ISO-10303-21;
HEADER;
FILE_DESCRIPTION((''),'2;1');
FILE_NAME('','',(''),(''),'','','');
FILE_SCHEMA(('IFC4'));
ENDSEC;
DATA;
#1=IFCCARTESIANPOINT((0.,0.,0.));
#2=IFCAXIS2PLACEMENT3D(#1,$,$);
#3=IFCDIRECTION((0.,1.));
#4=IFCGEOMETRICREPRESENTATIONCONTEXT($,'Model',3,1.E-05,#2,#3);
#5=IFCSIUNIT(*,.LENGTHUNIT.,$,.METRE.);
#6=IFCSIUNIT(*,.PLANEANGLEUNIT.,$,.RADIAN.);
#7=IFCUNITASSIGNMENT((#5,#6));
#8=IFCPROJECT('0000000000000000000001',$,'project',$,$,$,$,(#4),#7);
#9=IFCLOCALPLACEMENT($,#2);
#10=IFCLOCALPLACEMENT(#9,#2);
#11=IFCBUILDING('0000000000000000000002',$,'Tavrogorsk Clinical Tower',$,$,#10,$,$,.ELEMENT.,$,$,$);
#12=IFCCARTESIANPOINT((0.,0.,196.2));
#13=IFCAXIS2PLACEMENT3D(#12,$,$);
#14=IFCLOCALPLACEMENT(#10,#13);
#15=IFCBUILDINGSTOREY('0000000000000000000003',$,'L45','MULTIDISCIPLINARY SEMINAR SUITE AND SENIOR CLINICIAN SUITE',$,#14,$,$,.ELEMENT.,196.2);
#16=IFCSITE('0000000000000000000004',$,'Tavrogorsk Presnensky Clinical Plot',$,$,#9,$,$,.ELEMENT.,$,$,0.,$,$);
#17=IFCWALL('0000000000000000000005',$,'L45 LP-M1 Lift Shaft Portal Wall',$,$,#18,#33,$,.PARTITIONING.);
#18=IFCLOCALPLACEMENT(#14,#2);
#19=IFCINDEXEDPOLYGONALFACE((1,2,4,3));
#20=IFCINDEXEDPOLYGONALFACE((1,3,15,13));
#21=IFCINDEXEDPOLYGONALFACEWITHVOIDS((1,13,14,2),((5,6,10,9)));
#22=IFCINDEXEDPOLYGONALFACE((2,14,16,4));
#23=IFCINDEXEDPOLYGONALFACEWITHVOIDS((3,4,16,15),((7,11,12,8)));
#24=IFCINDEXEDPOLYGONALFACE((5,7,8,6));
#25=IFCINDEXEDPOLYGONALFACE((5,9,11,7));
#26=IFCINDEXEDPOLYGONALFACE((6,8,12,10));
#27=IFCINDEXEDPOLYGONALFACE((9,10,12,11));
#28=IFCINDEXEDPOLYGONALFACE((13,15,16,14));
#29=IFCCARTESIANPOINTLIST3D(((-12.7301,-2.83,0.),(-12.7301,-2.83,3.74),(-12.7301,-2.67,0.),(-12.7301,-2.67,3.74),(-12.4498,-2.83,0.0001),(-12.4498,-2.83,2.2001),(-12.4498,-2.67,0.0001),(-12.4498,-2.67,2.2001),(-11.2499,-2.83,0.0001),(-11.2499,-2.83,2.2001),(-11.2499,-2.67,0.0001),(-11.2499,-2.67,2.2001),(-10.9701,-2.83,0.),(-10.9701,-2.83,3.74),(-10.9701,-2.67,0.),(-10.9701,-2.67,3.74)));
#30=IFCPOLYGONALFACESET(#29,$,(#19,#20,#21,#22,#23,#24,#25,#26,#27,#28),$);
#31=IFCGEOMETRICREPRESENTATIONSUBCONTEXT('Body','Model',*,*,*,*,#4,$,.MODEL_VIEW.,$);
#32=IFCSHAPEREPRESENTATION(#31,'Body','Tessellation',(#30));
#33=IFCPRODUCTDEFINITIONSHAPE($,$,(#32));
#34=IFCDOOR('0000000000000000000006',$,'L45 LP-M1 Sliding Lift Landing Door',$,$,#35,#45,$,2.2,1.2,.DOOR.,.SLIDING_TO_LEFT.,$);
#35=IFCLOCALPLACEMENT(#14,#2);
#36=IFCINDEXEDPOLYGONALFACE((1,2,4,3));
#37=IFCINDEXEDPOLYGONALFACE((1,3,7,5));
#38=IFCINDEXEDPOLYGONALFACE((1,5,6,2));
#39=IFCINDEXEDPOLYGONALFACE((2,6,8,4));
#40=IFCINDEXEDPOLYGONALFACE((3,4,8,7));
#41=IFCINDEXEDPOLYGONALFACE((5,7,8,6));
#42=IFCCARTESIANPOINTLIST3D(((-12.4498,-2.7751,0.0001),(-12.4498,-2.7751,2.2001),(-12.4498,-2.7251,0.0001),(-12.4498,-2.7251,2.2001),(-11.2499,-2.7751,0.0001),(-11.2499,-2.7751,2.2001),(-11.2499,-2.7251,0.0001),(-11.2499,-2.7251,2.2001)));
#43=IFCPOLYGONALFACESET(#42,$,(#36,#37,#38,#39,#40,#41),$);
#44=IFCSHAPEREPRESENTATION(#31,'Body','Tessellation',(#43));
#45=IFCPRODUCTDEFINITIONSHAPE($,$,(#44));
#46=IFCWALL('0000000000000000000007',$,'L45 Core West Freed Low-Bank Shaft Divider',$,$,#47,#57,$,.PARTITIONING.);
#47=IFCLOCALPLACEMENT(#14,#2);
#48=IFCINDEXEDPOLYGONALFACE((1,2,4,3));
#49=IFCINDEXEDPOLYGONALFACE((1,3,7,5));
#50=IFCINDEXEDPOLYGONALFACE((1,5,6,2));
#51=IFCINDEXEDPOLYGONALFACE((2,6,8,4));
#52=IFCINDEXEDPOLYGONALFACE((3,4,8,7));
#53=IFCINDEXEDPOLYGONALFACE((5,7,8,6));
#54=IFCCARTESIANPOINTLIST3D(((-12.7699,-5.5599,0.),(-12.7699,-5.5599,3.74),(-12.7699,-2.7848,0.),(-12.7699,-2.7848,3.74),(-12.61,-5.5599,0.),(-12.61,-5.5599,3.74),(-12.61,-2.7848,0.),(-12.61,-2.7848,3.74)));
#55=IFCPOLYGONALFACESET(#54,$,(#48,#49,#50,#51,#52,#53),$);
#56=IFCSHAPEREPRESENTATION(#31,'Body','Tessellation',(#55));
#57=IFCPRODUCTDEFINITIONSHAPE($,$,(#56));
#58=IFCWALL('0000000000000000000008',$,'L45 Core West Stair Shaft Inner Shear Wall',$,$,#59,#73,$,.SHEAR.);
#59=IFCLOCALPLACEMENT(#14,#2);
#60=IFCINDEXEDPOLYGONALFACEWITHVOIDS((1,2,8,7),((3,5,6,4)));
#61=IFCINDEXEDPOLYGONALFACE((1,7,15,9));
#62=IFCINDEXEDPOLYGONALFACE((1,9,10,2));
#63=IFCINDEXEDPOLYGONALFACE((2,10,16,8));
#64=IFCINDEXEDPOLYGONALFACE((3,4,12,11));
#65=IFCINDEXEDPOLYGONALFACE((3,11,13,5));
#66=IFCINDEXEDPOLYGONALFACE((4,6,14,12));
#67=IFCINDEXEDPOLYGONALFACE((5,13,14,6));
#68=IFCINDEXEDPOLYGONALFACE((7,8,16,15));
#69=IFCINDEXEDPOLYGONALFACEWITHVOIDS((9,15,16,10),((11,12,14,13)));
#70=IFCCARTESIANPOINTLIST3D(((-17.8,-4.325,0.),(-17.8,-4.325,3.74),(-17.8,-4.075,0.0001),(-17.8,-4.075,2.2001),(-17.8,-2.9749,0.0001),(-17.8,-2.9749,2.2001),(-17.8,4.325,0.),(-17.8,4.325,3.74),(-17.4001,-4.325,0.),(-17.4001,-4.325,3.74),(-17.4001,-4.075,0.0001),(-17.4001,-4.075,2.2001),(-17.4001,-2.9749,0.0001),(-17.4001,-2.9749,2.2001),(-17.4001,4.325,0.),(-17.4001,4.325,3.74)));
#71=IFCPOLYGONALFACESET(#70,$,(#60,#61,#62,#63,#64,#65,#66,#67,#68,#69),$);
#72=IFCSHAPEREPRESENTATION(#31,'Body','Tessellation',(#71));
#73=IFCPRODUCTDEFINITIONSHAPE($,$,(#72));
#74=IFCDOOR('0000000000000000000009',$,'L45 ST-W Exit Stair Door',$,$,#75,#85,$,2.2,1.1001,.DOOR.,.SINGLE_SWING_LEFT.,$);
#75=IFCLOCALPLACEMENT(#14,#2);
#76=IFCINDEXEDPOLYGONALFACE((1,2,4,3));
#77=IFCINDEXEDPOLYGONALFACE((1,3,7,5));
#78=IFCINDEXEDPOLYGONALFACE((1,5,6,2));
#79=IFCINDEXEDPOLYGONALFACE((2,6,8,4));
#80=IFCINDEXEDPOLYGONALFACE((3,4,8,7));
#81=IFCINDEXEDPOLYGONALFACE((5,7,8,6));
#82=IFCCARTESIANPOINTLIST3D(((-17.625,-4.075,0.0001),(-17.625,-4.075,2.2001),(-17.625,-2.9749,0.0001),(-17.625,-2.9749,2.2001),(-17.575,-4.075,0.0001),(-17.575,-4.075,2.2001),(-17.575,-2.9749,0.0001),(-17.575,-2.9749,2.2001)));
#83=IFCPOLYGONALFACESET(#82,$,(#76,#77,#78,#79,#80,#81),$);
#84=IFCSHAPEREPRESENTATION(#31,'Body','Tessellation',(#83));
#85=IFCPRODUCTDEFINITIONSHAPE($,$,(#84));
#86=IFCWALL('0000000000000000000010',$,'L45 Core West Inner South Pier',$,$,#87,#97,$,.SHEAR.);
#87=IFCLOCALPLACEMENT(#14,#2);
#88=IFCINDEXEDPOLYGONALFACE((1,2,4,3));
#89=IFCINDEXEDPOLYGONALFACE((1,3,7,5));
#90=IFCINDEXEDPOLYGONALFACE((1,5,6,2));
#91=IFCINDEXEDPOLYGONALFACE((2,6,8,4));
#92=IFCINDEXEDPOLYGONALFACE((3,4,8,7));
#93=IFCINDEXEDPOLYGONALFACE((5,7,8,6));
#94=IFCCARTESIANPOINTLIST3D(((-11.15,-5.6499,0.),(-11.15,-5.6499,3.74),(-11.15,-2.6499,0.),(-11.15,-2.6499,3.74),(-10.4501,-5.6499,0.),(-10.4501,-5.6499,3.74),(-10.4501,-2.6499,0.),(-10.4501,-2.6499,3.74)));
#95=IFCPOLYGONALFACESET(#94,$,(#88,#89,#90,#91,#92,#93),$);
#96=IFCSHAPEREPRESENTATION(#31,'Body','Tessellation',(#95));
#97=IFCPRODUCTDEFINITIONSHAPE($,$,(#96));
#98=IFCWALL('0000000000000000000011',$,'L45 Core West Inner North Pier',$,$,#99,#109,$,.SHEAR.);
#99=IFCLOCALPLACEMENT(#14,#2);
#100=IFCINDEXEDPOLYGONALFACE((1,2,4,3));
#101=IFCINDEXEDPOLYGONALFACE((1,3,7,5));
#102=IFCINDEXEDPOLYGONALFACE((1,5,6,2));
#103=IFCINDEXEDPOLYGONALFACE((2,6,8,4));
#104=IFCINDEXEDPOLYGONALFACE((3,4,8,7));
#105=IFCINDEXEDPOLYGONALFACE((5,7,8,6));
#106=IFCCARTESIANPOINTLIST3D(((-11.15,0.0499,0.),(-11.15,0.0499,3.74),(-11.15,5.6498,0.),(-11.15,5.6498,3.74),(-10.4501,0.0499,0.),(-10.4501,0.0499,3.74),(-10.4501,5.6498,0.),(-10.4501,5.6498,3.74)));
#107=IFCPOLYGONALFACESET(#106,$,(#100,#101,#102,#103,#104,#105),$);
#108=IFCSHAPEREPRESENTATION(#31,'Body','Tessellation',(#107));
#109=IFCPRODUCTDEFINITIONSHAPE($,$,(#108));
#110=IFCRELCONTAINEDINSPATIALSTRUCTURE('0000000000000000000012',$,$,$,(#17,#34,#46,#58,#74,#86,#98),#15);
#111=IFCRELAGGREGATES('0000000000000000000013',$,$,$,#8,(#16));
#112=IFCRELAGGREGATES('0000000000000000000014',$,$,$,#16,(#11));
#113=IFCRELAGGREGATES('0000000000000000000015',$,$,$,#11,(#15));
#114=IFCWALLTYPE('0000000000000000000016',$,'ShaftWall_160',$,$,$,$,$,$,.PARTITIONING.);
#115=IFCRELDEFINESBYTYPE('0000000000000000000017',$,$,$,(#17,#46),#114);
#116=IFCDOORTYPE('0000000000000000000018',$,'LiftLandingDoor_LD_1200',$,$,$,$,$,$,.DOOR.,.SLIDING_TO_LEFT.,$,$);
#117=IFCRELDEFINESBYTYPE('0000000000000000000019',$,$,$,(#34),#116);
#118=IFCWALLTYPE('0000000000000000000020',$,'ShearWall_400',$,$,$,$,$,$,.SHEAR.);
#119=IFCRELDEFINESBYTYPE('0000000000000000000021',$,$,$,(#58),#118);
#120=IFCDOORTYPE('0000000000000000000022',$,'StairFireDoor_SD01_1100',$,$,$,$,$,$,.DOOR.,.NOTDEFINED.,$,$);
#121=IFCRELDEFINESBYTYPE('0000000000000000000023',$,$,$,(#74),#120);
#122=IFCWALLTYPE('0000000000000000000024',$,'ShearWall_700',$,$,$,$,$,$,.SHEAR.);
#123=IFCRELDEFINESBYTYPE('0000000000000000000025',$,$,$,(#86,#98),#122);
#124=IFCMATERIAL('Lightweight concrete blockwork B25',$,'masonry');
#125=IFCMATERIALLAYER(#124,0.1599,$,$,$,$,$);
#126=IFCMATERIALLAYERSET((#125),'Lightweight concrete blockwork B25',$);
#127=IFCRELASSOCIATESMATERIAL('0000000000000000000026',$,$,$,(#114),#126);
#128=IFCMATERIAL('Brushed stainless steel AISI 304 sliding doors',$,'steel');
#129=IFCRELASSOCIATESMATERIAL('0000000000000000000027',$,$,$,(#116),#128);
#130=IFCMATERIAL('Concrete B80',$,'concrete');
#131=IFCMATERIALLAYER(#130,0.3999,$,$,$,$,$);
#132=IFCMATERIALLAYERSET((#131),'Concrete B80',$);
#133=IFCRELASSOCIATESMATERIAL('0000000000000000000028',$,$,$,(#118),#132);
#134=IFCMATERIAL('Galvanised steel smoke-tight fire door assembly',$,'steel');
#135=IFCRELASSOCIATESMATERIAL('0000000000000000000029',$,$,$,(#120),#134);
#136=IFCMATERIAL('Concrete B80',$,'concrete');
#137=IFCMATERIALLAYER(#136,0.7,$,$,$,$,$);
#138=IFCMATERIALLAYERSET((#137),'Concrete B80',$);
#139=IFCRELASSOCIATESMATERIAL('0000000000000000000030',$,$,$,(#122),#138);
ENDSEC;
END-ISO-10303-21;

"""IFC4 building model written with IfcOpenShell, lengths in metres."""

from ifc_helpers import new_model, si_unit, direction, frame, frame_2d, origin, place, context, subcontext, project, spatial, rectangle, extrude, material, layer, layer_set, type_object, element, fill, save


model = new_model("IFC4")

# Units and contexts
model_context = context("Model", 3, precision=1e-05, world=origin(), true_north=direction((0.0, 1.0)))
body_context = subcontext(model_context, "Body", "Model", "MODEL_VIEW")
ifc_project = project(units=[si_unit("LENGTHUNIT", "METRE"), si_unit("PLANEANGLEUNIT", "RADIAN")], contexts=[model_context])

# Site, building, storey
site_placement = place(None, origin())
site = spatial("IfcSite", under=ifc_project, at=site_placement, Name="Tavrogorsk Presnensky Clinical Plot", CompositionType="ELEMENT", RefElevation=0.0)
building_placement = place(site_placement, origin())
building = spatial("IfcBuilding", under=site, at=building_placement, Name="Tavrogorsk Clinical Tower", CompositionType="ELEMENT")
storey_placement = place(building_placement, frame((0.0, 0.0, 196.2)))
storey = spatial("IfcBuildingStorey", under=building, at=storey_placement, Name="L45", Description="MULTIDISCIPLINARY SEMINAR SUITE AND SENIOR CLINICIAN SUITE", CompositionType="ELEMENT", Elevation=196.2)

# Wall, opening, door
ifc_material_1 = material(Name="Lightweight concrete blockwork B25", Category="masonry")
ifc_layer_1 = layer(ifc_material_1, 0.1599)
ifc_layer_set_1 = layer_set([ifc_layer_1], Name="Lightweight concrete blockwork B25")
wall_type_1 = type_object("IfcWallType", Name="ShaftWall_160", PredefinedType="PARTITIONING", material=ifc_layer_set_1)
wall_1_placement = place(storey_placement, frame((-12.73, -2.75, 0.0), z_axis=(0.0, 0.0, 1.0), x_axis=(1.0, 0.0, 0.0)))
wall_1 = element("IfcWall", 1, at=wall_1_placement, inside=storey, type_object=wall_type_1, Name="L45 LP-M1 Lift Shaft Portal Wall", PredefinedType="PARTITIONING", context=body_context, shape_type="SweptSolid", body=[
    extrude(rectangle(XDim=1.76, YDim=0.1599, at=frame_2d((0.8799, 0.0))), origin(), (0.0, 0.0, 1.0), 3.74),
])
opening_1_placement = place(wall_1_placement, frame((0.28, 0.0, 0.0)))
opening_1 = element("IfcOpeningElement", 2, at=opening_1_placement, cuts=wall_1, PredefinedType="OPENING", context=body_context, shape_type="SweptSolid", body=[
    extrude(rectangle(XDim=1.2, YDim=2.2, at=frame_2d((0.6001, 1.1001))), frame((0.0, 0.0898, 0.0), z_axis=(0.0, -1.0, 0.0), x_axis=(1.0, 0.0, 0.0)), (0.0, 0.0, 1.0), 0.1799),
])
ifc_material_2 = material(Name="Brushed stainless steel AISI 304 sliding doors", Category="steel")
door_type_1 = type_object("IfcDoorType", Name="LiftLandingDoor_LD_1200", OperationType="SLIDING_TO_LEFT", PredefinedType="DOOR", material=ifc_material_2)
door_1_placement = place(opening_1_placement, origin())
door_1 = element("IfcDoor", 3, at=door_1_placement, inside=storey, type_object=door_type_1, Name="L45 LP-M1 Sliding Lift Landing Door", OperationType="SLIDING_TO_LEFT", OverallHeight=2.2, OverallWidth=1.2, PredefinedType="DOOR", context=body_context, shape_type="SweptSolid", body=[
    extrude(rectangle(XDim=1.2, YDim=2.2, at=frame_2d((0.6001, 1.1001))), frame((0.0, 0.0249, 0.0), z_axis=(0.0, -1.0, 0.0), x_axis=(1.0, 0.0, 0.0)), (0.0, 0.0, 1.0), 0.05),
])
fill(opening_1, door_1)

# Wall
wall_2_placement = place(storey_placement, frame((-12.6899, -5.5601, 0.0), z_axis=(0.0, 0.0, 1.0), x_axis=(0.0, 1.0, 0.0)))
element("IfcWall", 4, at=wall_2_placement, inside=storey, type_object=wall_type_1, Name="L45 Core West Freed Low-Bank Shaft Divider", PredefinedType="PARTITIONING", context=body_context, shape_type="SweptSolid", body=[
    extrude(rectangle(XDim=2.7751, YDim=0.1599, at=frame_2d((1.3877, 0.0))), origin(), (0.0, 0.0, 1.0), 3.74),
])

# Wall, opening, door
ifc_material_3 = material(Name="Concrete B80", Category="concrete")
ifc_layer_2 = layer(ifc_material_3, 0.3999)
ifc_layer_set_2 = layer_set([ifc_layer_2], Name="Concrete B80")
wall_type_2 = type_object("IfcWallType", Name="ShearWall_400", PredefinedType="SHEAR", material=ifc_layer_set_2)
wall_3_placement = place(storey_placement, frame((-17.6001, -4.325, 0.0), z_axis=(0.0, 0.0, 1.0), x_axis=(0.0, 1.0, 0.0)))
wall_3 = element("IfcWall", 5, at=wall_3_placement, inside=storey, type_object=wall_type_2, Name="L45 Core West Stair Shaft Inner Shear Wall", PredefinedType="SHEAR", context=body_context, shape_type="SweptSolid", body=[
    extrude(rectangle(XDim=8.6499, YDim=0.3999, at=frame_2d((4.325, 0.0))), origin(), (0.0, 0.0, 1.0), 3.74),
])
opening_2_placement = place(wall_3_placement, frame((0.25, 0.0, 0.0)))
opening_2 = element("IfcOpeningElement", 6, at=opening_2_placement, cuts=wall_3, PredefinedType="OPENING", context=body_context, shape_type="SweptSolid", body=[
    extrude(rectangle(XDim=1.1001, YDim=2.2, at=frame_2d((0.55, 1.1001))), frame((0.0, 0.21, 0.0), z_axis=(0.0, -1.0, 0.0), x_axis=(1.0, 0.0, 0.0)), (0.0, 0.0, 1.0), 0.4199),
])
ifc_material_4 = material(Name="Galvanised steel smoke-tight fire door assembly", Category="steel")
door_type_2 = type_object("IfcDoorType", Name="StairFireDoor_SD01_1100", OperationType="NOTDEFINED", PredefinedType="DOOR", material=ifc_material_4)
door_2_placement = place(opening_2_placement, origin())
door_2 = element("IfcDoor", 7, at=door_2_placement, inside=storey, type_object=door_type_2, Name="L45 ST-W Exit Stair Door", OperationType="SINGLE_SWING_LEFT", OverallHeight=2.2, OverallWidth=1.1001, PredefinedType="DOOR", context=body_context, shape_type="SweptSolid", body=[
    extrude(rectangle(XDim=1.1001, YDim=2.2, at=frame_2d((0.55, 1.1001))), frame((0.0, 0.0249, 0.0), z_axis=(0.0, -1.0, 0.0), x_axis=(1.0, 0.0, 0.0)), (0.0, 0.0, 1.0), 0.05),
])
fill(opening_2, door_2)

# Walls
ifc_material_5 = material(Name="Concrete B80", Category="concrete")
ifc_layer_3 = layer(ifc_material_5, 0.7)
ifc_layer_set_3 = layer_set([ifc_layer_3], Name="Concrete B80")
wall_type_3 = type_object("IfcWallType", Name="ShearWall_700", PredefinedType="SHEAR", material=ifc_layer_set_3)
wall_4_placement = place(storey_placement, frame((-10.8, -5.6499, 0.0), z_axis=(0.0, 0.0, 1.0), x_axis=(0.0, 1.0, 0.0)))
element("IfcWall", 8, at=wall_4_placement, inside=storey, type_object=wall_type_3, Name="L45 Core West Inner South Pier", PredefinedType="SHEAR", context=body_context, shape_type="SweptSolid", body=[
    extrude(rectangle(XDim=3.0, YDim=0.7, at=frame_2d((1.5, 0.0))), origin(), (0.0, 0.0, 1.0), 3.74),
])
wall_5_placement = place(storey_placement, frame((-10.8, 0.05, 0.0), z_axis=(0.0, 0.0, 1.0), x_axis=(0.0, 1.0, 0.0)))
element("IfcWall", 9, at=wall_5_placement, inside=storey, type_object=wall_type_3, Name="L45 Core West Inner North Pier", PredefinedType="SHEAR", context=body_context, shape_type="SweptSolid", body=[
    extrude(rectangle(XDim=5.5999, YDim=0.7, at=frame_2d((2.7998, 0.0))), origin(), (0.0, 0.0, 1.0), 3.74),
])

save(model, "model.ifc")
